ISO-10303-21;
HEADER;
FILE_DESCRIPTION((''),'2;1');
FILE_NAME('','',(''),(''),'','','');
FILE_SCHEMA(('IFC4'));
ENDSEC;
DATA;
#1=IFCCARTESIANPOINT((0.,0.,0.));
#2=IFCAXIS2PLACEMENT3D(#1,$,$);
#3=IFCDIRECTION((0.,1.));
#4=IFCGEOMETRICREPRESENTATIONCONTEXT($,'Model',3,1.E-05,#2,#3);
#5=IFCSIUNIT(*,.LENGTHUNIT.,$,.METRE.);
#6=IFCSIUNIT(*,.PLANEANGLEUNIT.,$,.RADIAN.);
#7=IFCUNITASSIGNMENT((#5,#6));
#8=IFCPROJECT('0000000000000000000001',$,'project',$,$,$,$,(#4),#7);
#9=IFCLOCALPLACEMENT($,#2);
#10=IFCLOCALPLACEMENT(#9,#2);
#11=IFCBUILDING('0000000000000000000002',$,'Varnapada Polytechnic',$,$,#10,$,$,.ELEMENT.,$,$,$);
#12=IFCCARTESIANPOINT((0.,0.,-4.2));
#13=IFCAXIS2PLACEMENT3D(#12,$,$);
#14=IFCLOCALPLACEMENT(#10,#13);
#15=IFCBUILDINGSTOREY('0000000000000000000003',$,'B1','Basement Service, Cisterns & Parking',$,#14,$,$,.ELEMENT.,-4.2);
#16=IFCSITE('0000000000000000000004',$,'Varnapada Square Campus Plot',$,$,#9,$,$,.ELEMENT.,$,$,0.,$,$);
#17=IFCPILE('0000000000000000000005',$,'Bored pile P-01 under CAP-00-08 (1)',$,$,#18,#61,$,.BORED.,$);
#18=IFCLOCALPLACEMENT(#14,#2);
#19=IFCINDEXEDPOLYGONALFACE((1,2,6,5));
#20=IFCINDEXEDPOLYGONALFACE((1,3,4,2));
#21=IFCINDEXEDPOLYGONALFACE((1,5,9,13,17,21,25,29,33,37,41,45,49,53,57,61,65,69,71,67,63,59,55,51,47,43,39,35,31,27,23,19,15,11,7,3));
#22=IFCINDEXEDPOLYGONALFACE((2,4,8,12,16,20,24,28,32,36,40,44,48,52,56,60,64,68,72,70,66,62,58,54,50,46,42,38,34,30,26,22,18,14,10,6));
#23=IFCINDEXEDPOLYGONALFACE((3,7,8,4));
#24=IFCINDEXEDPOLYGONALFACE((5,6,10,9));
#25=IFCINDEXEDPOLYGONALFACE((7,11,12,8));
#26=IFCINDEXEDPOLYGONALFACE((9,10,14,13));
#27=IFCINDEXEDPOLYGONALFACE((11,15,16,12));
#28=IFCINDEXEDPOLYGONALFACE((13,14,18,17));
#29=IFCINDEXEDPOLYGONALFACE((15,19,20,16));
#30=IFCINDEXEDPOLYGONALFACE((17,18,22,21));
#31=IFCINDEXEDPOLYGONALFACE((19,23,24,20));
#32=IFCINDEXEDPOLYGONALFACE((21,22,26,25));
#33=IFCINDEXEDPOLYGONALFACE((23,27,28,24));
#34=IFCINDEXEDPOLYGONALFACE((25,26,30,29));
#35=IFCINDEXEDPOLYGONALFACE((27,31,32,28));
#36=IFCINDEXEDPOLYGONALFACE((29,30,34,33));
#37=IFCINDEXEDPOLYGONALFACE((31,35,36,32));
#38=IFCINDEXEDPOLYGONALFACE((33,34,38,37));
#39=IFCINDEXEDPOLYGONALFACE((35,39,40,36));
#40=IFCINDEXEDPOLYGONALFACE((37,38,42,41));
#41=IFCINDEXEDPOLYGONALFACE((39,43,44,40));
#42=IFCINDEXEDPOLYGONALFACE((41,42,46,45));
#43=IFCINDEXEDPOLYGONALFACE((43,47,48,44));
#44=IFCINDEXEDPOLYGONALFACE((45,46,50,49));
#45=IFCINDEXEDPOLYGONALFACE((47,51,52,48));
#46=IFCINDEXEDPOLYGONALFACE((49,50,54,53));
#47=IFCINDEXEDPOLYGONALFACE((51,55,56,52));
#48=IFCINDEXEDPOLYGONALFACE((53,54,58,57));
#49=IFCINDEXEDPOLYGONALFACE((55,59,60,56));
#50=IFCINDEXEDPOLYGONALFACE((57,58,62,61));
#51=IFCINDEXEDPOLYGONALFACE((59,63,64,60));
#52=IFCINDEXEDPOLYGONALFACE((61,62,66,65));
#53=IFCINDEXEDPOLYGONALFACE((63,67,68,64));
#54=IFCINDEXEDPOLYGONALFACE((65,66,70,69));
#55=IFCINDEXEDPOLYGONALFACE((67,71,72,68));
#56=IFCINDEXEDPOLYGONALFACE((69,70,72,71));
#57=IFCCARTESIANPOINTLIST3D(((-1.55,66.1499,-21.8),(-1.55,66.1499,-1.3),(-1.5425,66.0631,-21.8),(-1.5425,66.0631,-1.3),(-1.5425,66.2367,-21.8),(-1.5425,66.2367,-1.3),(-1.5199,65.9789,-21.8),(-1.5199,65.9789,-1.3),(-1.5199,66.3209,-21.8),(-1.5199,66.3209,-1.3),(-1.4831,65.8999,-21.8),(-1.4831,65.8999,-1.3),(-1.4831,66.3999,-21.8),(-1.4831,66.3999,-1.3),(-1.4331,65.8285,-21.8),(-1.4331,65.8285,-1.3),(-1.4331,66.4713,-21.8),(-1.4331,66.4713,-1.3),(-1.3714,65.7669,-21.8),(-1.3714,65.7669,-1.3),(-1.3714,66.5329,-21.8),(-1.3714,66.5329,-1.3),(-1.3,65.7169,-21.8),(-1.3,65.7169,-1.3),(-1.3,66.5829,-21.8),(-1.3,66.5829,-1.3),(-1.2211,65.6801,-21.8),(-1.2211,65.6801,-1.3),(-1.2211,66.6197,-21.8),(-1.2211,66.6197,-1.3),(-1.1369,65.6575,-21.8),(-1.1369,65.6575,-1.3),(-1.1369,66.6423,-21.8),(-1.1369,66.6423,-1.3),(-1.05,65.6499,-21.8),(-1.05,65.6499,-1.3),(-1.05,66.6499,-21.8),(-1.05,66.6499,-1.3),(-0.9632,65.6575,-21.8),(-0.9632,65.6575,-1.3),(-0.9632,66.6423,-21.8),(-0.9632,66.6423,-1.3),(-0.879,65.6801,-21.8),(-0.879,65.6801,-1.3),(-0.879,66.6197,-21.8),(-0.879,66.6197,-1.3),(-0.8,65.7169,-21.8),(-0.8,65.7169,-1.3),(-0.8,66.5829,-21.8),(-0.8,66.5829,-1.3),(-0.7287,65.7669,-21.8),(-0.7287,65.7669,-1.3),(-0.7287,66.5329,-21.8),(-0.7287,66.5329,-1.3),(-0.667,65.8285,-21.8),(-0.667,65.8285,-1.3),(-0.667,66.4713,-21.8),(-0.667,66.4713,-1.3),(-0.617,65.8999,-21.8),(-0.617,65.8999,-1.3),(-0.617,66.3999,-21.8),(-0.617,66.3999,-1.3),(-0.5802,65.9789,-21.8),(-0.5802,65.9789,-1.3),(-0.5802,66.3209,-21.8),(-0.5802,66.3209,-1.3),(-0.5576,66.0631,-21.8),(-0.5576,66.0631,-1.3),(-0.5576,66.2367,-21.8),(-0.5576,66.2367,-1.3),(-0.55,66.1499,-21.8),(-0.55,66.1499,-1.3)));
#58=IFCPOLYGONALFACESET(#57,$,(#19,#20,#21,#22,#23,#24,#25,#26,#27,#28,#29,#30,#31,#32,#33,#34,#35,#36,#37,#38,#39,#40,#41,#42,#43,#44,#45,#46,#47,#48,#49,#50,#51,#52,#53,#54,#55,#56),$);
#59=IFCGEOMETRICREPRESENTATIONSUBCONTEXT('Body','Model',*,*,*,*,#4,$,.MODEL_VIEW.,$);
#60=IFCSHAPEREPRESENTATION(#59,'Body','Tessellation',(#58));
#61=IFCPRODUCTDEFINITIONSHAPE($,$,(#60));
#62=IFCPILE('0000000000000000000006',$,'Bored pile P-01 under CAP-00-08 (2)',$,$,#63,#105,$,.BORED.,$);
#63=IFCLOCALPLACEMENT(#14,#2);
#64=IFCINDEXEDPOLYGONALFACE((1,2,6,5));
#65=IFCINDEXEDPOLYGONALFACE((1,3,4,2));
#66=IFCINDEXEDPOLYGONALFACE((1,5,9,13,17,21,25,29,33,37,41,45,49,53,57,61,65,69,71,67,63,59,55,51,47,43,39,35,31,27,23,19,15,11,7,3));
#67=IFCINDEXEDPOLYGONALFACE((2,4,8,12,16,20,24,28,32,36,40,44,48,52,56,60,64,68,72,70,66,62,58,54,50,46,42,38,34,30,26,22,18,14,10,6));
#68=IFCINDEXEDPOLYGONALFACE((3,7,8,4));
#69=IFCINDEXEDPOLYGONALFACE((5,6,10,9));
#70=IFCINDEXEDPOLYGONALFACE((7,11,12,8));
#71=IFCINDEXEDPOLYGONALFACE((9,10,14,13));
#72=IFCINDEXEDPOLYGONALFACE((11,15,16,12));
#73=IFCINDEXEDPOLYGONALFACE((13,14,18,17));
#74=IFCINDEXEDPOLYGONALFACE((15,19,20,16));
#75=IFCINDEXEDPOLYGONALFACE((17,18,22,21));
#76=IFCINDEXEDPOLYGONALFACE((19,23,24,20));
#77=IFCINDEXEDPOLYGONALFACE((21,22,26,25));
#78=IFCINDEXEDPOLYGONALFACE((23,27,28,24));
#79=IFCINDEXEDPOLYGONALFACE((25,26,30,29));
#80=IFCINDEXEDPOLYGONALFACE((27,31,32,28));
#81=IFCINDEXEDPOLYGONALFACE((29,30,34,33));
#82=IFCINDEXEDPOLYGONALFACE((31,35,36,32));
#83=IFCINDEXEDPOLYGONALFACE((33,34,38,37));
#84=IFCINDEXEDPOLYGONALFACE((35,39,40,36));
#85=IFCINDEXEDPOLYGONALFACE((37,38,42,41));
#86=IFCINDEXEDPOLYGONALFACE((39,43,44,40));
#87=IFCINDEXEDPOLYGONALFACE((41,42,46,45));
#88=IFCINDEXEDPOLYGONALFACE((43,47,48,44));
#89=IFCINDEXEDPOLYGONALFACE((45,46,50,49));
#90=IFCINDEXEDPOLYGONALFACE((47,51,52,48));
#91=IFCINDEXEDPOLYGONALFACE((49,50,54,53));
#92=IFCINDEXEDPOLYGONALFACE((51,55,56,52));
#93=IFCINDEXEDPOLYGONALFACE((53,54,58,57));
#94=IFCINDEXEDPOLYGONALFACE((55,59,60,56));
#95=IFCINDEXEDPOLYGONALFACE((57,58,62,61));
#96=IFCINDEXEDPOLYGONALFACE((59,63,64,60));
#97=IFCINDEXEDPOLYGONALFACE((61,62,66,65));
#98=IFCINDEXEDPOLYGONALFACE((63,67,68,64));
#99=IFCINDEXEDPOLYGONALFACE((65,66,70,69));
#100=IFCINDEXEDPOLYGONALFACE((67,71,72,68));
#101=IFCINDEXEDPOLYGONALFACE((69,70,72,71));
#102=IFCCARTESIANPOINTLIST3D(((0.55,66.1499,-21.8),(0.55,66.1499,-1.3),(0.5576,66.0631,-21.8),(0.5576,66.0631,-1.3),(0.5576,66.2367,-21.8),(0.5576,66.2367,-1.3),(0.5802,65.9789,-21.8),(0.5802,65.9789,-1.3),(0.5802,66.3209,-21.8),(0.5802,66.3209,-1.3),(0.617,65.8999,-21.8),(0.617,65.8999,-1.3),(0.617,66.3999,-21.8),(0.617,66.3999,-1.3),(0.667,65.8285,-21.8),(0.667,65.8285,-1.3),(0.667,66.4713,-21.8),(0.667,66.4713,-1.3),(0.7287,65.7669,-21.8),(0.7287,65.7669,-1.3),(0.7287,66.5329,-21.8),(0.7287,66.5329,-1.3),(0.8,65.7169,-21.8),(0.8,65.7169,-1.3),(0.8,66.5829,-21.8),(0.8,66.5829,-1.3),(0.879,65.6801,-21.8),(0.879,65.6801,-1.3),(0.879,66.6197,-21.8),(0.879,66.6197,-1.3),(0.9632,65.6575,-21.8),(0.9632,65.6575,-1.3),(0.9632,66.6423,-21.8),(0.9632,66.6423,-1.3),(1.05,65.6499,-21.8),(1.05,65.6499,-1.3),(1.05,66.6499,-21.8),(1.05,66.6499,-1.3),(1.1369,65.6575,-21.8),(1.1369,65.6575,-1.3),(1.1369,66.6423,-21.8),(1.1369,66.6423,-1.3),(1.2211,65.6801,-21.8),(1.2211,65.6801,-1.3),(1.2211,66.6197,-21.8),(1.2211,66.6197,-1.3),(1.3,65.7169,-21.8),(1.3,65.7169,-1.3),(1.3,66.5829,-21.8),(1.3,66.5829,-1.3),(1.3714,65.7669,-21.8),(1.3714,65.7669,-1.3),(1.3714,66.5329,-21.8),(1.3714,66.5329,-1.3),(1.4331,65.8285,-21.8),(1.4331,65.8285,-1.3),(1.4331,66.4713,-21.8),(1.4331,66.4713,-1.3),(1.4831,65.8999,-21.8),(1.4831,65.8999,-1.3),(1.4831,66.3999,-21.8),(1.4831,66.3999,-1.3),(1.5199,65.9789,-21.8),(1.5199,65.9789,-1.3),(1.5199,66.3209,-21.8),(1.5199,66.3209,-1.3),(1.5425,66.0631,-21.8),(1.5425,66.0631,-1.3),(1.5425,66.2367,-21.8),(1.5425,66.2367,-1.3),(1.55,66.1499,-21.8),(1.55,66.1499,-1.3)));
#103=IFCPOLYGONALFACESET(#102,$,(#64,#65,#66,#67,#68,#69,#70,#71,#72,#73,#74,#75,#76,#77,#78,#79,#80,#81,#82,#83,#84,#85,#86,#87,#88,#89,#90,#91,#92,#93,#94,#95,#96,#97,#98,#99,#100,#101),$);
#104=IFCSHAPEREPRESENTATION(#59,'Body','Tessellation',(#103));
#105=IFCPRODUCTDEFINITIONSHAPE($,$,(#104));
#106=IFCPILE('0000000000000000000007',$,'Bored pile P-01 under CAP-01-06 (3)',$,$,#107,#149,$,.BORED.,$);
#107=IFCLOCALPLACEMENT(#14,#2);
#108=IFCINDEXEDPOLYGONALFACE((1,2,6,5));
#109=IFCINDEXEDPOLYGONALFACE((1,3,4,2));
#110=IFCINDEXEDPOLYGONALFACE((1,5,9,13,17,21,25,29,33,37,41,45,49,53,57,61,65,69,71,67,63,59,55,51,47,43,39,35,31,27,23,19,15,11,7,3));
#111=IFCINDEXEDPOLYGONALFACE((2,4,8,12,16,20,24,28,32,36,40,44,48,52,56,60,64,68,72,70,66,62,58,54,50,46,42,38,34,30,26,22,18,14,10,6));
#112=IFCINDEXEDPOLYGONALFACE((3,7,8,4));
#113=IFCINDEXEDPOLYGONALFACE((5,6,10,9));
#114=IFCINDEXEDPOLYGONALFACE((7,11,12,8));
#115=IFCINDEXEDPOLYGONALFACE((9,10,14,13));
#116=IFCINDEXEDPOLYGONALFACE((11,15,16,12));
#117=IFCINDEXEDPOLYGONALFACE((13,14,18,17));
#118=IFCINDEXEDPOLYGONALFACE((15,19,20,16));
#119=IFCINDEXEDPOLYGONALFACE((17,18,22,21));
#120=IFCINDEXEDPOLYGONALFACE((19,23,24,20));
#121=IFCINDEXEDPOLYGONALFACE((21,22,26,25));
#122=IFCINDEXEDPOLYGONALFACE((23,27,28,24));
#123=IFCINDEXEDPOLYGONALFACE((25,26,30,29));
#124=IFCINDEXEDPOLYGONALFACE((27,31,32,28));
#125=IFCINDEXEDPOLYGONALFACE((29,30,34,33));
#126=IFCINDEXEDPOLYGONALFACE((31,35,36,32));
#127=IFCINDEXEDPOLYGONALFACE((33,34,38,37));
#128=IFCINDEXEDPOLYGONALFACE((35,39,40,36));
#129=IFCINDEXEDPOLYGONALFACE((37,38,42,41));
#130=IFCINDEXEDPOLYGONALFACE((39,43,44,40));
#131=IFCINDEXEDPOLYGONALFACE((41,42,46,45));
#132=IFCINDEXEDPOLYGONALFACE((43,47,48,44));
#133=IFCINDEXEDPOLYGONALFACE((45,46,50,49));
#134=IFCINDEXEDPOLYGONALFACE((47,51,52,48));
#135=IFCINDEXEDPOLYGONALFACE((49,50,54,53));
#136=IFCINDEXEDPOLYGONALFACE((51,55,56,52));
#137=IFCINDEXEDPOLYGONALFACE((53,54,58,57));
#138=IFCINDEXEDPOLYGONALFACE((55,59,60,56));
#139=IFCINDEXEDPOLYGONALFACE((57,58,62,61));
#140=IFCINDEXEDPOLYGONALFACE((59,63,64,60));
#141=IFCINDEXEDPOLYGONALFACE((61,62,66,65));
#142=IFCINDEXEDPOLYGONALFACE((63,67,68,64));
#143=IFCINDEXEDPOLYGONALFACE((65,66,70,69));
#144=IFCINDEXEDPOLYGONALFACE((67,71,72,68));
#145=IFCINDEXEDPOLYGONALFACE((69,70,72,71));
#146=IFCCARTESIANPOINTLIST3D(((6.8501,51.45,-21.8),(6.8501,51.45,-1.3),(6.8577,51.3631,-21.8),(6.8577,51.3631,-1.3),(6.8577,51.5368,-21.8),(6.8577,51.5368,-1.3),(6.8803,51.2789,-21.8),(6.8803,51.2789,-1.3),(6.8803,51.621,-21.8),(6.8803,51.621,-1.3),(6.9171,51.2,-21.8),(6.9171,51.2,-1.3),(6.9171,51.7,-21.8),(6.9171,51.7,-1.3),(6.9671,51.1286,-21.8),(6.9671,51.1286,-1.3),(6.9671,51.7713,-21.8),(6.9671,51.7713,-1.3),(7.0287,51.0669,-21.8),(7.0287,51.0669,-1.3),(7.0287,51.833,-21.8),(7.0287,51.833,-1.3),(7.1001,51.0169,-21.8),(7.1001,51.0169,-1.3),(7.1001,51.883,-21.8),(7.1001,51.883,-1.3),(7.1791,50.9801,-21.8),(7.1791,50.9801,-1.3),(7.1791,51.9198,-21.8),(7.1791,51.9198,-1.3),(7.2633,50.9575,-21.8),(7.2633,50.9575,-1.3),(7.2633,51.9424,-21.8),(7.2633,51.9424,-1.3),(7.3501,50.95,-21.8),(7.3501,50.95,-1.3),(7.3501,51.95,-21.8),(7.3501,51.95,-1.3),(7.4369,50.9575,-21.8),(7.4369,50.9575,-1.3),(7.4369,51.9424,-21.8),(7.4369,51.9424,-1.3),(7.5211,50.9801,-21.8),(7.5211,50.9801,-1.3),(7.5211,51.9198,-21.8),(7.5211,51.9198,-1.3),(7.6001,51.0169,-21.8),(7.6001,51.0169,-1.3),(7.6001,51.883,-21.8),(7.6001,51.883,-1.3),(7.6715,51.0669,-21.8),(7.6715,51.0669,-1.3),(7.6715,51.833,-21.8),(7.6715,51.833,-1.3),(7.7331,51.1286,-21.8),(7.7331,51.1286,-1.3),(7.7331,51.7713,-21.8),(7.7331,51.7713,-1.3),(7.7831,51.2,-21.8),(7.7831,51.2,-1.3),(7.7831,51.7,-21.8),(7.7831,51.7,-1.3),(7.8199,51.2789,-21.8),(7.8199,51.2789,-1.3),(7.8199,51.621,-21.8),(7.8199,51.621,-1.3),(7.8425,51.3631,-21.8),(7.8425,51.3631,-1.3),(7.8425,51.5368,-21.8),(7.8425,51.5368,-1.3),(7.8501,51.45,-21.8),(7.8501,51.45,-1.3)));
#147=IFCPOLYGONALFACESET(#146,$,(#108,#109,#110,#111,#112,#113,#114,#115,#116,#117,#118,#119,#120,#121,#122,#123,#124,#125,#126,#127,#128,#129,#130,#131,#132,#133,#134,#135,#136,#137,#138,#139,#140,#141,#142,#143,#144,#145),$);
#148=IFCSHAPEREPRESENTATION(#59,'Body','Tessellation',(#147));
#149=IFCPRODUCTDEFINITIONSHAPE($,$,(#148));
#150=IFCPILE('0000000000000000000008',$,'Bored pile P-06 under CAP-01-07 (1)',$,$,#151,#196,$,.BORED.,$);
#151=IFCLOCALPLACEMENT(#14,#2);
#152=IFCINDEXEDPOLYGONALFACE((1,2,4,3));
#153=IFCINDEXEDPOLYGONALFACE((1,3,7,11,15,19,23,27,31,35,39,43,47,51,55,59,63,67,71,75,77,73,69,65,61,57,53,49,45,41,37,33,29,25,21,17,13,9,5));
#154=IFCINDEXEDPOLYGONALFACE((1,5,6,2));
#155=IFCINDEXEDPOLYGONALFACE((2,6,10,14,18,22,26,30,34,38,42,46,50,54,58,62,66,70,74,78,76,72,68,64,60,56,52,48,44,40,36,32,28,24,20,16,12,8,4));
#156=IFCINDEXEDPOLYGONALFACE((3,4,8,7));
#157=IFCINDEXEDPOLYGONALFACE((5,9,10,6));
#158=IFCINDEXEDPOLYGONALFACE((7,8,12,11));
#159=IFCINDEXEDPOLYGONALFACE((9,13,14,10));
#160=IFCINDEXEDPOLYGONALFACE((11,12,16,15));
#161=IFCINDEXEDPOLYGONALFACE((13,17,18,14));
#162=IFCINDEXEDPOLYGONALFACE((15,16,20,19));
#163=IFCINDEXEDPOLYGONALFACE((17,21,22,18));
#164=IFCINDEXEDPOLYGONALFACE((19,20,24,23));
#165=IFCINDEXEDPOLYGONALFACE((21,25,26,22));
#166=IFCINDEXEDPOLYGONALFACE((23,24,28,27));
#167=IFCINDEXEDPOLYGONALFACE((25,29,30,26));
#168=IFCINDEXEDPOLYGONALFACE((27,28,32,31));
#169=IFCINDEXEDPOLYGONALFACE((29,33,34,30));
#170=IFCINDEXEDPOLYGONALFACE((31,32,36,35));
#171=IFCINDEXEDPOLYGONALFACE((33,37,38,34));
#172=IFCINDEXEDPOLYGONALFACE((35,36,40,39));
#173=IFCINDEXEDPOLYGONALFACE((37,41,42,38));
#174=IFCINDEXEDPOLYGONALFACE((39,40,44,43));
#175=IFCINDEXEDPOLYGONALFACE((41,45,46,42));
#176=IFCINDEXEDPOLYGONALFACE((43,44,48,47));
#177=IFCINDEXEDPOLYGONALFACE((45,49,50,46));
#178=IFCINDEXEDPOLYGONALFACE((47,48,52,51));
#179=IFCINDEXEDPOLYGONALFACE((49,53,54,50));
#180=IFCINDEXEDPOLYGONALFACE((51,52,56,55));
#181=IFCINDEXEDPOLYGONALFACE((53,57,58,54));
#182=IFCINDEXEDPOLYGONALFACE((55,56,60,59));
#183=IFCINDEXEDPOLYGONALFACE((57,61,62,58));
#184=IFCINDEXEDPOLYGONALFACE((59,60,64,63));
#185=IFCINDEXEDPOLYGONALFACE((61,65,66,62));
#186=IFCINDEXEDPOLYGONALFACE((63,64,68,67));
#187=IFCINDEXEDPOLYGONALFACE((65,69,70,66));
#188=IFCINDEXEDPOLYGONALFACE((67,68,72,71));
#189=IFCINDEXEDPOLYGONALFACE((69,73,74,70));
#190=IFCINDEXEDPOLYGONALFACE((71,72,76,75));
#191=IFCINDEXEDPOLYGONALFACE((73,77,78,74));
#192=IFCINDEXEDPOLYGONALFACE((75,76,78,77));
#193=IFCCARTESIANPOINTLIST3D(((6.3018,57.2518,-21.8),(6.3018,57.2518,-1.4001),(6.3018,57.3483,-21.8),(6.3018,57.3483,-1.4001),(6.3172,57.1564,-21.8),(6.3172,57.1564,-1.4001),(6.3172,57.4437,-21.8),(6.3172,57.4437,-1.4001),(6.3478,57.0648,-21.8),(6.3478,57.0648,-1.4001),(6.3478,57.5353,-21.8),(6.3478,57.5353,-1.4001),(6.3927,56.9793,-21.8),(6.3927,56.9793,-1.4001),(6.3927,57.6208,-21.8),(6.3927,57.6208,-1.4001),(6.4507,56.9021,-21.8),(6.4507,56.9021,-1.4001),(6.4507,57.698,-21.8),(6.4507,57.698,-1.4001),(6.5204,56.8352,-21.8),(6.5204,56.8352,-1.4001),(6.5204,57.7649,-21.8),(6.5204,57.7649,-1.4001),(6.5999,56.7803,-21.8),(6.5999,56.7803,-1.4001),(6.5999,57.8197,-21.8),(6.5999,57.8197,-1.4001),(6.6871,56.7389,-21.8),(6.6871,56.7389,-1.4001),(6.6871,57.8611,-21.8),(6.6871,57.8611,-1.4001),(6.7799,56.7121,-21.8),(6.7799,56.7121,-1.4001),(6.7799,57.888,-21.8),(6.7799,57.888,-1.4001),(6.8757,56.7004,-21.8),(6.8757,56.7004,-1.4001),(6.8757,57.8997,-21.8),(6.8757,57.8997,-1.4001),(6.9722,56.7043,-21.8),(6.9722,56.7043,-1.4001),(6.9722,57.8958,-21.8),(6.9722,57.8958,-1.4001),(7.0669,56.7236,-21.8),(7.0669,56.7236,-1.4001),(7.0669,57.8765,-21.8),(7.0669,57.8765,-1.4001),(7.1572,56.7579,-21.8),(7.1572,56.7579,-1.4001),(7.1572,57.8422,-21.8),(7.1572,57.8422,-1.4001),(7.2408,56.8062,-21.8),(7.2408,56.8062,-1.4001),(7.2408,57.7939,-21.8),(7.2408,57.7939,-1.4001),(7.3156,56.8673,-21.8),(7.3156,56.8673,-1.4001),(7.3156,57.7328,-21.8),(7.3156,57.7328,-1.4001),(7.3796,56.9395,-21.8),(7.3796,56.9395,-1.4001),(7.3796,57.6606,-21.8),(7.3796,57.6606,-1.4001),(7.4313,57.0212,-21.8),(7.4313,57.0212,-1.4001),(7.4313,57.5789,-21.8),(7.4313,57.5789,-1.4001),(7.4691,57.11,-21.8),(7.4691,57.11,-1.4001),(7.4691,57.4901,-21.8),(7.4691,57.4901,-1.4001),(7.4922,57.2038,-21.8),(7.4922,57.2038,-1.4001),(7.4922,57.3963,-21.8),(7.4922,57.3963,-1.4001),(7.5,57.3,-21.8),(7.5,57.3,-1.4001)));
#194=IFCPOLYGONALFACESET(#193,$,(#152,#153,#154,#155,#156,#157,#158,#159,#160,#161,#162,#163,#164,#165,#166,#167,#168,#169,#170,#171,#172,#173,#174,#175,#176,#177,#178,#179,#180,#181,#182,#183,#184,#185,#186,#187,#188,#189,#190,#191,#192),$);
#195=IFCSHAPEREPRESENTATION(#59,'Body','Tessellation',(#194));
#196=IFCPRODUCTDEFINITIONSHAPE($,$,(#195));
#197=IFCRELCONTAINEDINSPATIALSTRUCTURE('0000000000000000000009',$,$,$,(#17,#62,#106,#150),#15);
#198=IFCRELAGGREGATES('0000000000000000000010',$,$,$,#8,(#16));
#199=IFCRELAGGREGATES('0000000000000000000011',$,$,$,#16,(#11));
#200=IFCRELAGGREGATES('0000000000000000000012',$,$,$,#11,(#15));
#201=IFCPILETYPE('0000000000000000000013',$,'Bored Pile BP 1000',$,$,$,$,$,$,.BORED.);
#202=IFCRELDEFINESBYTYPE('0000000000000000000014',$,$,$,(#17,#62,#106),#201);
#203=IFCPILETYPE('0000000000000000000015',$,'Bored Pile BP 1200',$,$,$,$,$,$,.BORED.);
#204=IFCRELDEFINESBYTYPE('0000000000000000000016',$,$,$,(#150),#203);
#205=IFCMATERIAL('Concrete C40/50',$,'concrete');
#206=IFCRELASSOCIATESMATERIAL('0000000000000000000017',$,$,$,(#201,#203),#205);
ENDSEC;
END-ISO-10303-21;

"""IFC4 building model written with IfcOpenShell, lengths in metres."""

from ifc_helpers import new_model, si_unit, direction, frame, origin, origin_2d, place, context, subcontext, project, spatial, circle, extrude, material, material_profile, profile_set, type_object, element, save


model = new_model("IFC4")

# Units and contexts
model_context = context("Model", 3, precision=1e-05, world=origin(), true_north=direction((0.0, 1.0)))
body_context = subcontext(model_context, "Body", "Model", "MODEL_VIEW")
ifc_project = project(units=[si_unit("LENGTHUNIT", "METRE"), si_unit("PLANEANGLEUNIT", "RADIAN")], contexts=[model_context])

# Site, building, storey
site_placement = place(None, origin())
site = spatial("IfcSite", under=ifc_project, at=site_placement, Name="Varnapada Square Campus Plot", CompositionType="ELEMENT", RefElevation=0.0)
building_placement = place(site_placement, origin())
building = spatial("IfcBuilding", under=site, at=building_placement, Name="Varnapada Polytechnic", CompositionType="ELEMENT")
storey_placement = place(building_placement, frame((0.0, 0.0, -4.2)))
storey = spatial("IfcBuildingStorey", under=building, at=storey_placement, Name="B1", Description="Basement Service, Cisterns & Parking", CompositionType="ELEMENT", Elevation=-4.2)

# Piles
ifc_material_1 = material(Name="Concrete C40/50", Category="concrete")
ifc_material_profile_1 = material_profile(ifc_material_1, circle(Radius=0.5, at=origin_2d()), Name="BP 1000")
ifc_profile_set_1 = profile_set([ifc_material_profile_1], Name="Concrete C40/50")
pile_type_1 = type_object("IfcPileType", Name="Bored Pile BP 1000", PredefinedType="BORED", material=ifc_profile_set_1)
for number, where, z_axis, x_axis, name in (
    (1, (-1.05, 66.1499, -1.3), (0.0, 0.0, -1.0), (1.0, 0.0, 0.0), "Bored pile P-01 under CAP-00-08 (1)"),
    (2, (1.05, 66.1499, -1.3), (0.0, 0.0, -1.0), (1.0, 0.0, 0.0), "Bored pile P-01 under CAP-00-08 (2)"),
    (3, (7.3501, 51.45, -1.3), (0.0, 0.0, -1.0), (1.0, 0.0, 0.0), "Bored pile P-01 under CAP-01-06 (3)"),
):
    element("IfcPile", number, at=place(storey_placement, frame(where, z_axis=z_axis, x_axis=x_axis)), inside=storey, type_object=pile_type_1, Name=name, PredefinedType="BORED", context=body_context, shape_type="SweptSolid", body=[
        extrude(circle(Radius=0.5, at=origin_2d()), origin(), (0.0, 0.0, 1.0), 20.5),
    ])
ifc_material_profile_2 = material_profile(ifc_material_1, circle(Radius=0.6001, at=origin_2d()), Name="BP 1200")
ifc_profile_set_2 = profile_set([ifc_material_profile_2], Name="Concrete C40/50")
pile_type_2 = type_object("IfcPileType", Name="Bored Pile BP 1200", PredefinedType="BORED", material=ifc_profile_set_2)
for number, where, z_axis, x_axis, name in (
    (4, (6.8999, 57.3, -1.4001), (0.0, 0.0, -1.0), (1.0, 0.0, 0.0), "Bored pile P-06 under CAP-01-07 (1)"),
):
    element("IfcPile", number, at=place(storey_placement, frame(where, z_axis=z_axis, x_axis=x_axis)), inside=storey, type_object=pile_type_2, Name=name, PredefinedType="BORED", context=body_context, shape_type="SweptSolid", body=[
        extrude(circle(Radius=0.6001, at=origin_2d()), origin(), (0.0, 0.0, 1.0), 20.3999),
    ])

save(model, "model.ifc")
